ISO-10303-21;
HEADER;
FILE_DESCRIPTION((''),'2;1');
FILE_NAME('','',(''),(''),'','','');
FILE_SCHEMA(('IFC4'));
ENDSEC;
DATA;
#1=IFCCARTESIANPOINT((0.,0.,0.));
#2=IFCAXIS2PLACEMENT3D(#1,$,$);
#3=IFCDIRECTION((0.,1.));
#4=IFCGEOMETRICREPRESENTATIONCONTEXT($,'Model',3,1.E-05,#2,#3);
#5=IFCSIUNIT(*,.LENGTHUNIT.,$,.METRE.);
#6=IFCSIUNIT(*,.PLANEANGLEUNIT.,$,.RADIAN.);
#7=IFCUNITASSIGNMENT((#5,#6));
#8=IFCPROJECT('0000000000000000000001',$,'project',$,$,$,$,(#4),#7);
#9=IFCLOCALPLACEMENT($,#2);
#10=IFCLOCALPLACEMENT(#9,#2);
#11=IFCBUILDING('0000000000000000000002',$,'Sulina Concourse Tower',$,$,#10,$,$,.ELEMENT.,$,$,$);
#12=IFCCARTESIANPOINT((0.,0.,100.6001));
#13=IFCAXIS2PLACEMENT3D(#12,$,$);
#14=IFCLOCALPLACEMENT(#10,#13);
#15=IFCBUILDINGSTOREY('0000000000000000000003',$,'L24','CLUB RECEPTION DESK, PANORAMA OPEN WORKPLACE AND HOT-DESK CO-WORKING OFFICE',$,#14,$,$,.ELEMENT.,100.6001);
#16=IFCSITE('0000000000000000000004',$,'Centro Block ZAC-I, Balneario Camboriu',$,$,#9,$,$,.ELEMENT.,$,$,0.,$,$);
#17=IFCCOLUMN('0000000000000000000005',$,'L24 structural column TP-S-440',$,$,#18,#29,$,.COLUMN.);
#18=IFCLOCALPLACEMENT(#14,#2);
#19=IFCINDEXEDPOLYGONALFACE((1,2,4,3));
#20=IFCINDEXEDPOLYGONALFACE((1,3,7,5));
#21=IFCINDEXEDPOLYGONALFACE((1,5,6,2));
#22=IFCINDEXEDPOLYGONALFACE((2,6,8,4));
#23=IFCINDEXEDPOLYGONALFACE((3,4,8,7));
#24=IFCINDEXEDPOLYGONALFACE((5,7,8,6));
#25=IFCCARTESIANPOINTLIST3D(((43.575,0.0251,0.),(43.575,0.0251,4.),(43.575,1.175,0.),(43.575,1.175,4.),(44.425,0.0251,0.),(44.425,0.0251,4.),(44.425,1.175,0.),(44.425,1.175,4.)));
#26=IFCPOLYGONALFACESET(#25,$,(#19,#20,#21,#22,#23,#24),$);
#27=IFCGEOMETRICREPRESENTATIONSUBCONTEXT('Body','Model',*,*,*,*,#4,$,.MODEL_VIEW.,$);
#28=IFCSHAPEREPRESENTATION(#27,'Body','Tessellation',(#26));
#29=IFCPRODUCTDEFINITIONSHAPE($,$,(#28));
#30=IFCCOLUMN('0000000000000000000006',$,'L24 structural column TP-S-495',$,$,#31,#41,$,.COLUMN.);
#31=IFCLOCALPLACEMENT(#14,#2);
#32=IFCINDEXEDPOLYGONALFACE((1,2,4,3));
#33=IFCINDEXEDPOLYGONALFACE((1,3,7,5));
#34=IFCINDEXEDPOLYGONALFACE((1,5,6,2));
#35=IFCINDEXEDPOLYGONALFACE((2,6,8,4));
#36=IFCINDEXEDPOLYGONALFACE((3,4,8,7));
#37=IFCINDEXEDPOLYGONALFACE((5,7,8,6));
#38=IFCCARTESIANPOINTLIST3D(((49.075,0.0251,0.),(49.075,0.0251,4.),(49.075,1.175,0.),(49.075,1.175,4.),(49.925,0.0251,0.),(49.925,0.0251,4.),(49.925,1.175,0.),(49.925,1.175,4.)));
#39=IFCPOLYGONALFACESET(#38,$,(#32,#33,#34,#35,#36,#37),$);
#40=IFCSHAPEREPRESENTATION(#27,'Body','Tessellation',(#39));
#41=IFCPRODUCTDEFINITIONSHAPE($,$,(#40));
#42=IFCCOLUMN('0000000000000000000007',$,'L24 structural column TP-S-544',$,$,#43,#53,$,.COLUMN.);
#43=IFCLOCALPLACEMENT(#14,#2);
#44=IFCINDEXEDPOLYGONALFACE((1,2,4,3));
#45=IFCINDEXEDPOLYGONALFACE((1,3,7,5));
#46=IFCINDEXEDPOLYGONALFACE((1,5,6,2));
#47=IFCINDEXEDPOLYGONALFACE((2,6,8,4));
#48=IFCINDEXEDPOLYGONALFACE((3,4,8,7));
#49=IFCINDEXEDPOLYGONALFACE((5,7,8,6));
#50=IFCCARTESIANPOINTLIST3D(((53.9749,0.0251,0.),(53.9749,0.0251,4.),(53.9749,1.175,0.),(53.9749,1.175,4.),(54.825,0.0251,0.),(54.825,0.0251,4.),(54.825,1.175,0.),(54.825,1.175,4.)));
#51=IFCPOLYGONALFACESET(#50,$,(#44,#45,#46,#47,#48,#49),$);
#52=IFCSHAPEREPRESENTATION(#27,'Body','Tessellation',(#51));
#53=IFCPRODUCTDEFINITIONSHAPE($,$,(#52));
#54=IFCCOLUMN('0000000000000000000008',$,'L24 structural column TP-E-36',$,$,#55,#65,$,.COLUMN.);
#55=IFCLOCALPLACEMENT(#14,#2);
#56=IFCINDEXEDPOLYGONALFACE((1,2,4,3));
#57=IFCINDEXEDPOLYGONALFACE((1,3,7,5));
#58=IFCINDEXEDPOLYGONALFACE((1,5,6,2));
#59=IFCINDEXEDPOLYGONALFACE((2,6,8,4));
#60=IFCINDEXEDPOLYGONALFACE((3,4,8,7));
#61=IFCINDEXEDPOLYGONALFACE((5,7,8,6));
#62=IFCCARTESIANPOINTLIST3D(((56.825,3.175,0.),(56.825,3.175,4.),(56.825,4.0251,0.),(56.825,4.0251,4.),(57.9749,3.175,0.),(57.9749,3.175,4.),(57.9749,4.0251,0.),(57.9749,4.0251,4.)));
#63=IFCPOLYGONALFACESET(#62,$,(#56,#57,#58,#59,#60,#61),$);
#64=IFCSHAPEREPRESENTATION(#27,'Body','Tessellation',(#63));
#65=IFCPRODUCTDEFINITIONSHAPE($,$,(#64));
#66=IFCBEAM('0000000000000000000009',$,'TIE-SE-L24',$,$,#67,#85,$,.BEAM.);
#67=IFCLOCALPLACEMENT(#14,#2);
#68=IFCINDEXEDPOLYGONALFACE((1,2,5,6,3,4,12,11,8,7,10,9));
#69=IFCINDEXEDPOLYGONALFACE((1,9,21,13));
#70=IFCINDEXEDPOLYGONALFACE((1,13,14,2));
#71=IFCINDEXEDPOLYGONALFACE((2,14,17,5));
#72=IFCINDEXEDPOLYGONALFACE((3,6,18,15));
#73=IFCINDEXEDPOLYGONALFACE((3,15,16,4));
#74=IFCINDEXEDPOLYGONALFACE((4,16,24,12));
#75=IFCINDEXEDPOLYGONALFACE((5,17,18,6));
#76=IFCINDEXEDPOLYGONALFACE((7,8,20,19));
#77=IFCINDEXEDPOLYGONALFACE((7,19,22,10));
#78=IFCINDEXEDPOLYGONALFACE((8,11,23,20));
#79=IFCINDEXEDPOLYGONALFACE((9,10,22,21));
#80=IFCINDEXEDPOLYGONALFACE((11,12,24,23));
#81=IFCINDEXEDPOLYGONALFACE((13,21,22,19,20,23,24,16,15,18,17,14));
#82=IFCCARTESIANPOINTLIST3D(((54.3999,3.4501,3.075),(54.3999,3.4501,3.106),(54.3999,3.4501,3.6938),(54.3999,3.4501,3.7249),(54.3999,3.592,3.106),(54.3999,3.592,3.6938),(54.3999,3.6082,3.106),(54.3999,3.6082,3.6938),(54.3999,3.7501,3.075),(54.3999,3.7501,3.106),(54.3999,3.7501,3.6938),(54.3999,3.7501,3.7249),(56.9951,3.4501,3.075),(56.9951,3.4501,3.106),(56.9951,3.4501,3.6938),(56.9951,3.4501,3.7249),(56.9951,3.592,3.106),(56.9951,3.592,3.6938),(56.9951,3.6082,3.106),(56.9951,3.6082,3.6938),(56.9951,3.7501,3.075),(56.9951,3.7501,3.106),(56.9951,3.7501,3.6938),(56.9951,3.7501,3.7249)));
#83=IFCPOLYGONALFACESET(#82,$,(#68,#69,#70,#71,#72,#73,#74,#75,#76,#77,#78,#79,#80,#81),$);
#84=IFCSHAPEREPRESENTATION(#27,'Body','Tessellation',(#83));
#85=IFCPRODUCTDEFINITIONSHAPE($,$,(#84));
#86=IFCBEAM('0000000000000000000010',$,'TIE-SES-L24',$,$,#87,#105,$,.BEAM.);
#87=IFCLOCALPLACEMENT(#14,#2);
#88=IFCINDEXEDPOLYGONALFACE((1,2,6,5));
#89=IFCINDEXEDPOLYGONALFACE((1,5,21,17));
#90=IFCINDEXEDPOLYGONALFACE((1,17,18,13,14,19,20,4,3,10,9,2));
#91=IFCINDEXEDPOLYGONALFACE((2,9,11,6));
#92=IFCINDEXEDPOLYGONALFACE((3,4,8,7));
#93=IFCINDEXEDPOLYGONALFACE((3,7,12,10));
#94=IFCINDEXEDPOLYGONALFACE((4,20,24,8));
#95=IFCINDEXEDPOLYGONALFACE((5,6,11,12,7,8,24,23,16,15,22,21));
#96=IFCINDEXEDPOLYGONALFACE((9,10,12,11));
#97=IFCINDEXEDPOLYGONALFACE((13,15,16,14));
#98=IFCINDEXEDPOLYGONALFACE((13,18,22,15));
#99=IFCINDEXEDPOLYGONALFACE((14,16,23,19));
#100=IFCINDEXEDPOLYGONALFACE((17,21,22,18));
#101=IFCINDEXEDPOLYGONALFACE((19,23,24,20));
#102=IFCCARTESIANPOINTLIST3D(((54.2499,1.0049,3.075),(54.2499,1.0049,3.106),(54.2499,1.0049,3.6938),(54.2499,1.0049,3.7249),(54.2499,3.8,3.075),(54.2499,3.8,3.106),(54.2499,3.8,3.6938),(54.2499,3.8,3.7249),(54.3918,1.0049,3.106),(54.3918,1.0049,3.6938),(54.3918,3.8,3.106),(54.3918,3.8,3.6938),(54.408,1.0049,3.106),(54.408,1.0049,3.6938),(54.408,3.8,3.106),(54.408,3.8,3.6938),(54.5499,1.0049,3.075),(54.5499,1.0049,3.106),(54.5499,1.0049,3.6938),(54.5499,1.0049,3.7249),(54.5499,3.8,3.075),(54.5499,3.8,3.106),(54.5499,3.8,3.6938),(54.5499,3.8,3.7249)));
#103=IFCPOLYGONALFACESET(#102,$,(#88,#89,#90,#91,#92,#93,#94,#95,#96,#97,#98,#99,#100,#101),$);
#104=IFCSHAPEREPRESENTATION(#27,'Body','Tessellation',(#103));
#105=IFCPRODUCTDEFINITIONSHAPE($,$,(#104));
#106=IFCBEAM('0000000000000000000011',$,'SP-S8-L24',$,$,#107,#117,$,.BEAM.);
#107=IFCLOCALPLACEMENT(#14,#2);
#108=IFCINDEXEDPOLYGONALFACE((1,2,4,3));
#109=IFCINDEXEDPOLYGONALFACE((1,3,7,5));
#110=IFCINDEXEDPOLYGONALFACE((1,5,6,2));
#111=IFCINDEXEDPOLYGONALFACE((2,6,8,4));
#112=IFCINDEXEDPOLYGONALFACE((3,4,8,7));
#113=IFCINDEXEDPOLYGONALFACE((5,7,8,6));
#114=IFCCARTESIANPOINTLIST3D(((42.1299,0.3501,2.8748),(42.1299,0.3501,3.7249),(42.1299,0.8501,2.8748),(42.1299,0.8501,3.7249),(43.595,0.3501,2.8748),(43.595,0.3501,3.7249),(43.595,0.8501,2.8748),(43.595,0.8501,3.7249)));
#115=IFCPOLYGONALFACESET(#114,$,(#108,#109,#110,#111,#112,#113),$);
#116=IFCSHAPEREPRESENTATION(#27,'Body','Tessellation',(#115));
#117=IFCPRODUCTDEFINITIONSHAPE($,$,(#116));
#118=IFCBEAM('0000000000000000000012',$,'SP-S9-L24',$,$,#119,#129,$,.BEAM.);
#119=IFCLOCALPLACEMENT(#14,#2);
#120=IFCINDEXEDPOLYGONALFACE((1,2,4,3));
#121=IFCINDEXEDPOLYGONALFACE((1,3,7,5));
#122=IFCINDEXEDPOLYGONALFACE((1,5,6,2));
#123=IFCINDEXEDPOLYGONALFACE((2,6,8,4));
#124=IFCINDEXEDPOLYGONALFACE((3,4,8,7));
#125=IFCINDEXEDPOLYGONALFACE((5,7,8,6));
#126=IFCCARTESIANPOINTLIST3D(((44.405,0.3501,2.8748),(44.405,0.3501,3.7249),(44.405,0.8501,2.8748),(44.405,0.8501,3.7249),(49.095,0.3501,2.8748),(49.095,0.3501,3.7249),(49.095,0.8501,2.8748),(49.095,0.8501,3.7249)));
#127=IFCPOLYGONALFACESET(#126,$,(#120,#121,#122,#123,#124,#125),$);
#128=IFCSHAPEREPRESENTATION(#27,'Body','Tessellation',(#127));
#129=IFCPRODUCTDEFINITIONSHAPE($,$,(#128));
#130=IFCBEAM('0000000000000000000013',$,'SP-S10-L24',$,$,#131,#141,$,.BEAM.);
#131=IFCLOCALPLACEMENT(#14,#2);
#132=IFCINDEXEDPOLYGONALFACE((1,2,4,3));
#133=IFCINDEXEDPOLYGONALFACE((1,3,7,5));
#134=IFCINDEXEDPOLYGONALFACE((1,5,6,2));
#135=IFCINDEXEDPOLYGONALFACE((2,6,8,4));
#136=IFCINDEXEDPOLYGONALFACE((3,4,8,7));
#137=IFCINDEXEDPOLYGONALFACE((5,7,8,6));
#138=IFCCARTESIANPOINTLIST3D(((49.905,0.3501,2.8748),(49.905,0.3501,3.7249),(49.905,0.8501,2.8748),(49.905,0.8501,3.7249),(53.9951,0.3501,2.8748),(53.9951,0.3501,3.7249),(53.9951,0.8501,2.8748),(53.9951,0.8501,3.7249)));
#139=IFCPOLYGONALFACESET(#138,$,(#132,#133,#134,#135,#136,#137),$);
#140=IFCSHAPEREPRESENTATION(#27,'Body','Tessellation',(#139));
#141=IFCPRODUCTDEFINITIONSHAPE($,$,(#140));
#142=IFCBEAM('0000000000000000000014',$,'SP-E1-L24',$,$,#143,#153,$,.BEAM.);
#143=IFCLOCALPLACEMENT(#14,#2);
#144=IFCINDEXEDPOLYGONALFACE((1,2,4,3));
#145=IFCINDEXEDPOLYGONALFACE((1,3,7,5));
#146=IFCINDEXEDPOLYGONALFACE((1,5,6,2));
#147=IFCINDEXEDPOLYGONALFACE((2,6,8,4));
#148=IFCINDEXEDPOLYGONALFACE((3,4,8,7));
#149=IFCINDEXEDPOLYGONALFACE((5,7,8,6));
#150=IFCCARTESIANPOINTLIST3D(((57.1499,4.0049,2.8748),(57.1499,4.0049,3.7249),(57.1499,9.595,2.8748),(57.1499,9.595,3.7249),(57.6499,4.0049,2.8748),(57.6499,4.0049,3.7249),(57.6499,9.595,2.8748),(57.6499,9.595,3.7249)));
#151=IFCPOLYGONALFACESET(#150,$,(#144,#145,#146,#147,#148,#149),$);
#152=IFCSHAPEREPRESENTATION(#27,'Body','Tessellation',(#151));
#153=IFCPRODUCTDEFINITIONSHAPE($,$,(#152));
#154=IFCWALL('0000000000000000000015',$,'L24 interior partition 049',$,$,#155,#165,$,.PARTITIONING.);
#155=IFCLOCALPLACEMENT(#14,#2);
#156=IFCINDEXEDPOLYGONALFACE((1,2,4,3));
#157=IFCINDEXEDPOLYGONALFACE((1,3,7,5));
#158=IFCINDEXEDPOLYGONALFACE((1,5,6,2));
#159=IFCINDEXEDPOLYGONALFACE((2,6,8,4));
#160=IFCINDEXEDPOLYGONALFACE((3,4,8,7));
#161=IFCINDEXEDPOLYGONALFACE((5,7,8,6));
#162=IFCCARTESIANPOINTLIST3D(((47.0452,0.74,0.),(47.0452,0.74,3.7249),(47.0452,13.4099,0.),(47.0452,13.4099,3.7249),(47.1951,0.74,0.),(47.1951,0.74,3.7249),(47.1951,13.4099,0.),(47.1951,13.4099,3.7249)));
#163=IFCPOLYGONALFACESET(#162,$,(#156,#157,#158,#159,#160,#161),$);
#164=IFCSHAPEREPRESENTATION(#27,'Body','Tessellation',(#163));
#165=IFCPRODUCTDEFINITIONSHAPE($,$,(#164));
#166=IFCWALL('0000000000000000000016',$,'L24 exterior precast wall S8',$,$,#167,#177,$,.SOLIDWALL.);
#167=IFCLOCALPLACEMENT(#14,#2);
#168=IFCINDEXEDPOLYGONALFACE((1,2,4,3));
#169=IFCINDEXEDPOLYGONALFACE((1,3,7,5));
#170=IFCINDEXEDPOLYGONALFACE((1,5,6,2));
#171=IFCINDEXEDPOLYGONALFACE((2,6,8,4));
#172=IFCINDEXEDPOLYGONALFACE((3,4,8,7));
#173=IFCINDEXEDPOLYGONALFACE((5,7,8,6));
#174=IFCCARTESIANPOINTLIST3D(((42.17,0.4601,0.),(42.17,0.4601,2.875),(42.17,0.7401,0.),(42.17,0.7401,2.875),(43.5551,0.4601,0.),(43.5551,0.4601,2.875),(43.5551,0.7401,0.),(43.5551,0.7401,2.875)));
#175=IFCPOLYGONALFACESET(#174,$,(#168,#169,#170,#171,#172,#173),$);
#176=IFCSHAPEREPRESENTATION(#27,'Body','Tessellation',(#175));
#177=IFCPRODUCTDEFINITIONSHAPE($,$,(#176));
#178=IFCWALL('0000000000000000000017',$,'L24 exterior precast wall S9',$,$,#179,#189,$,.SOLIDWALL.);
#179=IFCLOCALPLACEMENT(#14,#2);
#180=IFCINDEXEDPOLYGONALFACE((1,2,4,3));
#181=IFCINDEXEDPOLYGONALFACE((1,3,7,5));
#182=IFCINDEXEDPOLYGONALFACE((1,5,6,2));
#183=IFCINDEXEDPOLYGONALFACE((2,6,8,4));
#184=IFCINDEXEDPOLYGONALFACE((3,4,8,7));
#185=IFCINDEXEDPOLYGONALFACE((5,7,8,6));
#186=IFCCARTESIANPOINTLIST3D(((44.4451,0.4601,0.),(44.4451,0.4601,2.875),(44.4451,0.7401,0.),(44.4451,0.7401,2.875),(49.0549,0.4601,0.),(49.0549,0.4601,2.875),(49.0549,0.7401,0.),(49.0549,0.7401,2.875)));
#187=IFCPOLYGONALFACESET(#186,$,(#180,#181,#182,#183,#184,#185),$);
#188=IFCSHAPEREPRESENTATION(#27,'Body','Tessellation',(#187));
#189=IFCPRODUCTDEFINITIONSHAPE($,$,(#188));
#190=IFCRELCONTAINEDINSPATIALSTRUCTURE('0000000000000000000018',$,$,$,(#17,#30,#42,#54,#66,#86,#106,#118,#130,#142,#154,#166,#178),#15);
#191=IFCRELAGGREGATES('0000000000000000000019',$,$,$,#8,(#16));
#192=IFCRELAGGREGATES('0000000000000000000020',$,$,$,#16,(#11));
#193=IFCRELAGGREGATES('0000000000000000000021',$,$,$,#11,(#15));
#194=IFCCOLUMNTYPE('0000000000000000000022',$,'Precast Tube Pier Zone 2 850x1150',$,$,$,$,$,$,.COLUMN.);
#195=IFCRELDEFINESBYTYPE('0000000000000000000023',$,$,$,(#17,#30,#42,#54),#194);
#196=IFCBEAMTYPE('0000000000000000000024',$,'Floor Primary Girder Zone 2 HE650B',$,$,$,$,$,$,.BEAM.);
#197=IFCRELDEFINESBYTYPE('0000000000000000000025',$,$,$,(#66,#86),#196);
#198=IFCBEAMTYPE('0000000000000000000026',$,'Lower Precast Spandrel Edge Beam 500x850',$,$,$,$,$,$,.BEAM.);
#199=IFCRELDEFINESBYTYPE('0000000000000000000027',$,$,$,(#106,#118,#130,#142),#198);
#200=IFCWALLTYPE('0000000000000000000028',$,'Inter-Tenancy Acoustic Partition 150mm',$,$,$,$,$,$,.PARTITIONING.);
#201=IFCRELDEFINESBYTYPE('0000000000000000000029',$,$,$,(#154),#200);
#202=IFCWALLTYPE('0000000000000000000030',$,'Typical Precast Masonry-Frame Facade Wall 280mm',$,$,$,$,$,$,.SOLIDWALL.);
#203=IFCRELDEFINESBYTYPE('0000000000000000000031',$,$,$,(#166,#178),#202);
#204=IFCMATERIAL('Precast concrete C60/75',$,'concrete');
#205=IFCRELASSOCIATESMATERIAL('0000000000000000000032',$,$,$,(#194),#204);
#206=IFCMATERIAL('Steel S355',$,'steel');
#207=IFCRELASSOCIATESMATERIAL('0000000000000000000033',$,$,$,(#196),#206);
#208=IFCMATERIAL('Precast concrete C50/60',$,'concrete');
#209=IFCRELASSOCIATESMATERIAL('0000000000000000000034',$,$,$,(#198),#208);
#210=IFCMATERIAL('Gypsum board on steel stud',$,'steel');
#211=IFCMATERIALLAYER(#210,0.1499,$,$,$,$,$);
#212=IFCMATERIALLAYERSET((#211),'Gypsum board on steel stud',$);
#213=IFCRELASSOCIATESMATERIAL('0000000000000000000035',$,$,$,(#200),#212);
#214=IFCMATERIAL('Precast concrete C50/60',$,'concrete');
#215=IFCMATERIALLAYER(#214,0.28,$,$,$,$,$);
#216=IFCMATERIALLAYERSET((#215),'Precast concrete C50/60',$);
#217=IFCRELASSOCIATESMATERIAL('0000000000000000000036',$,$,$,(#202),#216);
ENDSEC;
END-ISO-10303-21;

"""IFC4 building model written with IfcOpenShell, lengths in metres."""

from ifc_helpers import new_model, si_unit, direction, frame, frame_2d, origin, origin_2d, place, context, subcontext, project, spatial, rectangle, i_section, extrude, material, layer, layer_set, material_profile, profile_set, type_object, element, save


model = new_model("IFC4")

# Units and contexts
model_context = context("Model", 3, precision=1e-05, world=origin(), true_north=direction((0.0, 1.0)))
body_context = subcontext(model_context, "Body", "Model", "MODEL_VIEW")
ifc_project = project(units=[si_unit("LENGTHUNIT", "METRE"), si_unit("PLANEANGLEUNIT", "RADIAN")], contexts=[model_context])

# Site, building, storey
site_placement = place(None, origin())
site = spatial("IfcSite", under=ifc_project, at=site_placement, Name="Centro Block ZAC-I, Balneario Camboriu", CompositionType="ELEMENT", RefElevation=0.0)
building_placement = place(site_placement, origin())
building = spatial("IfcBuilding", under=site, at=building_placement, Name="Sulina Concourse Tower", CompositionType="ELEMENT")
storey_placement = place(building_placement, frame((0.0, 0.0, 100.6001)))
storey = spatial("IfcBuildingStorey", under=building, at=storey_placement, Name="L24", Description="CLUB RECEPTION DESK, PANORAMA OPEN WORKPLACE AND HOT-DESK CO-WORKING OFFICE", CompositionType="ELEMENT", Elevation=100.6001)

# Columns
ifc_material_1 = material(Name="Precast concrete C60/75", Category="concrete")
ifc_material_profile_1 = material_profile(ifc_material_1, rectangle(XDim=0.8501, YDim=1.1499, at=origin_2d()), Name="PC 850x1150")
ifc_profile_set_1 = profile_set([ifc_material_profile_1], Name="Precast concrete C60/75")
column_type = type_object("IfcColumnType", Name="Precast Tube Pier Zone 2 850x1150", PredefinedType="COLUMN", material=ifc_profile_set_1)
for number, where, z_axis, x_axis, name in (
    (1, (44.0, 0.6001, 0.0), (0.0, 0.0, 1.0), (1.0, 0.0, 0.0), "L24 structural column TP-S-440"),
    (2, (49.5, 0.6001, 0.0), (0.0, 0.0, 1.0), (1.0, 0.0, 0.0), "L24 structural column TP-S-495"),
    (3, (54.3999, 0.6001, 0.0), (0.0, 0.0, 1.0), (1.0, 0.0, 0.0), "L24 structural column TP-S-544"),
    (4, (57.3999, 3.6001, 0.0), (0.0, 0.0, 1.0), (0.0, 1.0, 0.0), "L24 structural column TP-E-36"),
):
    element("IfcColumn", number, at=place(storey_placement, frame(where, z_axis=z_axis, x_axis=x_axis)), inside=storey, type_object=column_type, Name=name, PredefinedType="COLUMN", context=body_context, shape_type="SweptSolid", body=[
        extrude(rectangle(XDim=0.8501, YDim=1.1499, at=origin_2d()), origin(), (0.0, 0.0, 1.0), 4.0),
    ])

# Beams
ifc_material_2 = material(Name="Steel S355", Category="steel")
ifc_material_profile_2 = material_profile(ifc_material_2, i_section(OverallWidth=0.3, OverallDepth=0.6499, WebThickness=0.0161, FlangeThickness=0.031, at=origin_2d()), Name="HE 650 B")
ifc_profile_set_2 = profile_set([ifc_material_profile_2], Name="Steel S355")
beam_type_1 = type_object("IfcBeamType", Name="Floor Primary Girder Zone 2 HE650B", PredefinedType="BEAM", material=ifc_profile_set_2)
beam_1_placement = place(storey_placement, frame((54.3999, 3.6001, 3.3999), z_axis=(1.0, 0.0, 0.0), x_axis=(0.0, 1.0, 0.0)))
element("IfcBeam", 5, at=beam_1_placement, inside=storey, type_object=beam_type_1, Name="TIE-SE-L24", PredefinedType="BEAM", context=body_context, shape_type="SweptSolid", body=[
    extrude(i_section(OverallWidth=0.3, OverallDepth=0.6499, WebThickness=0.0161, FlangeThickness=0.031, at=origin_2d()), origin(), (0.0, 0.0, 1.0), 2.5952),
])
beam_2_placement = place(storey_placement, frame((54.3999, 1.0049, 3.3999), z_axis=(0.0, 1.0, 0.0), x_axis=(-1.0, 0.0, 0.0)))
element("IfcBeam", 6, at=beam_2_placement, inside=storey, type_object=beam_type_1, Name="TIE-SES-L24", PredefinedType="BEAM", context=body_context, shape_type="SweptSolid", body=[
    extrude(i_section(OverallWidth=0.3, OverallDepth=0.6499, WebThickness=0.0161, FlangeThickness=0.031, at=origin_2d()), origin(), (0.0, 0.0, 1.0), 2.7952),
])
ifc_material_3 = material(Name="Precast concrete C50/60", Category="concrete")
ifc_material_profile_3 = material_profile(ifc_material_3, rectangle(XDim=0.5, YDim=0.8501, at=origin_2d()), Name="RC 500x850")
ifc_profile_set_3 = profile_set([ifc_material_profile_3], Name="Precast concrete C50/60")
beam_type_2 = type_object("IfcBeamType", Name="Lower Precast Spandrel Edge Beam 500x850", PredefinedType="BEAM", material=ifc_profile_set_3)
beam_3_placement = place(storey_placement, frame((42.1299, 0.6001, 3.2998), z_axis=(1.0, 0.0, 0.0), x_axis=(0.0, 1.0, 0.0)))
element("IfcBeam", 7, at=beam_3_placement, inside=storey, type_object=beam_type_2, Name="SP-S8-L24", PredefinedType="BEAM", context=body_context, shape_type="SweptSolid", body=[
    extrude(rectangle(XDim=0.5, YDim=0.8501, at=origin_2d()), origin(), (0.0, 0.0, 1.0), 1.4651),
])
beam_4_placement = place(storey_placement, frame((44.405, 0.6001, 3.2998), z_axis=(1.0, 0.0, 0.0), x_axis=(0.0, 1.0, 0.0)))
element("IfcBeam", 8, at=beam_4_placement, inside=storey, type_object=beam_type_2, Name="SP-S9-L24", PredefinedType="BEAM", context=body_context, shape_type="SweptSolid", body=[
    extrude(rectangle(XDim=0.5, YDim=0.8501, at=origin_2d()), origin(), (0.0, 0.0, 1.0), 4.6899),
])
beam_5_placement = place(storey_placement, frame((49.905, 0.6001, 3.2998), z_axis=(1.0, 0.0, 0.0), x_axis=(0.0, 1.0, 0.0)))
element("IfcBeam", 9, at=beam_5_placement, inside=storey, type_object=beam_type_2, Name="SP-S10-L24", PredefinedType="BEAM", context=body_context, shape_type="SweptSolid", body=[
    extrude(rectangle(XDim=0.5, YDim=0.8501, at=origin_2d()), origin(), (0.0, 0.0, 1.0), 4.0901),
])
beam_6_placement = place(storey_placement, frame((57.3999, 4.0049, 3.2998), z_axis=(0.0, 1.0, 0.0), x_axis=(-1.0, 0.0, 0.0)))
element("IfcBeam", 10, at=beam_6_placement, inside=storey, type_object=beam_type_2, Name="SP-E1-L24", PredefinedType="BEAM", context=body_context, shape_type="SweptSolid", body=[
    extrude(rectangle(XDim=0.5, YDim=0.8501, at=origin_2d()), origin(), (0.0, 0.0, 1.0), 5.5901),
])

# Walls
ifc_material_4 = material(Name="Gypsum board on steel stud", Category="steel")
ifc_layer_1 = layer(ifc_material_4, 0.1499)
ifc_layer_set_1 = layer_set([ifc_layer_1], Name="Gypsum board on steel stud")
wall_type_1 = type_object("IfcWallType", Name="Inter-Tenancy Acoustic Partition 150mm", PredefinedType="PARTITIONING", material=ifc_layer_set_1)
wall_1_placement = place(storey_placement, frame((47.1201, 0.74, 0.0), z_axis=(0.0, 0.0, 1.0), x_axis=(0.0, 1.0, 0.0)))
element("IfcWall", 11, at=wall_1_placement, inside=storey, type_object=wall_type_1, Name="L24 interior partition 049", PredefinedType="PARTITIONING", context=body_context, shape_type="SweptSolid", body=[
    extrude(rectangle(XDim=12.6699, YDim=0.1499, at=frame_2d((6.335, 0.0))), origin(), (0.0, 0.0, 1.0), 3.7249),
])
ifc_material_5 = material(Name="Precast concrete C50/60", Category="concrete")
ifc_layer_2 = layer(ifc_material_5, 0.28)
ifc_layer_set_2 = layer_set([ifc_layer_2], Name="Precast concrete C50/60")
wall_type_2 = type_object("IfcWallType", Name="Typical Precast Masonry-Frame Facade Wall 280mm", PredefinedType="SOLIDWALL", material=ifc_layer_set_2)
wall_2_placement = place(storey_placement, frame((43.5549, 0.6001, 0.0), z_axis=(0.0, 0.0, 1.0), x_axis=(-1.0, 0.0, 0.0)))
element("IfcWall", 12, at=wall_2_placement, inside=storey, type_object=wall_type_2, Name="L24 exterior precast wall S8", PredefinedType="SOLIDWALL", context=body_context, shape_type="SweptSolid", body=[
    extrude(rectangle(XDim=1.385, YDim=0.28, at=frame_2d((0.6924, 0.0))), origin(), (0.0, 0.0, 1.0), 2.875),
])
wall_3_placement = place(storey_placement, frame((49.0549, 0.6001, 0.0), z_axis=(0.0, 0.0, 1.0), x_axis=(-1.0, 0.0, 0.0)))
element("IfcWall", 13, at=wall_3_placement, inside=storey, type_object=wall_type_2, Name="L24 exterior precast wall S9", PredefinedType="SOLIDWALL", context=body_context, shape_type="SweptSolid", body=[
    extrude(rectangle(XDim=4.6099, YDim=0.28, at=frame_2d((2.3049, 0.0))), origin(), (0.0, 0.0, 1.0), 2.875),
])

save(model, "model.ifc")
